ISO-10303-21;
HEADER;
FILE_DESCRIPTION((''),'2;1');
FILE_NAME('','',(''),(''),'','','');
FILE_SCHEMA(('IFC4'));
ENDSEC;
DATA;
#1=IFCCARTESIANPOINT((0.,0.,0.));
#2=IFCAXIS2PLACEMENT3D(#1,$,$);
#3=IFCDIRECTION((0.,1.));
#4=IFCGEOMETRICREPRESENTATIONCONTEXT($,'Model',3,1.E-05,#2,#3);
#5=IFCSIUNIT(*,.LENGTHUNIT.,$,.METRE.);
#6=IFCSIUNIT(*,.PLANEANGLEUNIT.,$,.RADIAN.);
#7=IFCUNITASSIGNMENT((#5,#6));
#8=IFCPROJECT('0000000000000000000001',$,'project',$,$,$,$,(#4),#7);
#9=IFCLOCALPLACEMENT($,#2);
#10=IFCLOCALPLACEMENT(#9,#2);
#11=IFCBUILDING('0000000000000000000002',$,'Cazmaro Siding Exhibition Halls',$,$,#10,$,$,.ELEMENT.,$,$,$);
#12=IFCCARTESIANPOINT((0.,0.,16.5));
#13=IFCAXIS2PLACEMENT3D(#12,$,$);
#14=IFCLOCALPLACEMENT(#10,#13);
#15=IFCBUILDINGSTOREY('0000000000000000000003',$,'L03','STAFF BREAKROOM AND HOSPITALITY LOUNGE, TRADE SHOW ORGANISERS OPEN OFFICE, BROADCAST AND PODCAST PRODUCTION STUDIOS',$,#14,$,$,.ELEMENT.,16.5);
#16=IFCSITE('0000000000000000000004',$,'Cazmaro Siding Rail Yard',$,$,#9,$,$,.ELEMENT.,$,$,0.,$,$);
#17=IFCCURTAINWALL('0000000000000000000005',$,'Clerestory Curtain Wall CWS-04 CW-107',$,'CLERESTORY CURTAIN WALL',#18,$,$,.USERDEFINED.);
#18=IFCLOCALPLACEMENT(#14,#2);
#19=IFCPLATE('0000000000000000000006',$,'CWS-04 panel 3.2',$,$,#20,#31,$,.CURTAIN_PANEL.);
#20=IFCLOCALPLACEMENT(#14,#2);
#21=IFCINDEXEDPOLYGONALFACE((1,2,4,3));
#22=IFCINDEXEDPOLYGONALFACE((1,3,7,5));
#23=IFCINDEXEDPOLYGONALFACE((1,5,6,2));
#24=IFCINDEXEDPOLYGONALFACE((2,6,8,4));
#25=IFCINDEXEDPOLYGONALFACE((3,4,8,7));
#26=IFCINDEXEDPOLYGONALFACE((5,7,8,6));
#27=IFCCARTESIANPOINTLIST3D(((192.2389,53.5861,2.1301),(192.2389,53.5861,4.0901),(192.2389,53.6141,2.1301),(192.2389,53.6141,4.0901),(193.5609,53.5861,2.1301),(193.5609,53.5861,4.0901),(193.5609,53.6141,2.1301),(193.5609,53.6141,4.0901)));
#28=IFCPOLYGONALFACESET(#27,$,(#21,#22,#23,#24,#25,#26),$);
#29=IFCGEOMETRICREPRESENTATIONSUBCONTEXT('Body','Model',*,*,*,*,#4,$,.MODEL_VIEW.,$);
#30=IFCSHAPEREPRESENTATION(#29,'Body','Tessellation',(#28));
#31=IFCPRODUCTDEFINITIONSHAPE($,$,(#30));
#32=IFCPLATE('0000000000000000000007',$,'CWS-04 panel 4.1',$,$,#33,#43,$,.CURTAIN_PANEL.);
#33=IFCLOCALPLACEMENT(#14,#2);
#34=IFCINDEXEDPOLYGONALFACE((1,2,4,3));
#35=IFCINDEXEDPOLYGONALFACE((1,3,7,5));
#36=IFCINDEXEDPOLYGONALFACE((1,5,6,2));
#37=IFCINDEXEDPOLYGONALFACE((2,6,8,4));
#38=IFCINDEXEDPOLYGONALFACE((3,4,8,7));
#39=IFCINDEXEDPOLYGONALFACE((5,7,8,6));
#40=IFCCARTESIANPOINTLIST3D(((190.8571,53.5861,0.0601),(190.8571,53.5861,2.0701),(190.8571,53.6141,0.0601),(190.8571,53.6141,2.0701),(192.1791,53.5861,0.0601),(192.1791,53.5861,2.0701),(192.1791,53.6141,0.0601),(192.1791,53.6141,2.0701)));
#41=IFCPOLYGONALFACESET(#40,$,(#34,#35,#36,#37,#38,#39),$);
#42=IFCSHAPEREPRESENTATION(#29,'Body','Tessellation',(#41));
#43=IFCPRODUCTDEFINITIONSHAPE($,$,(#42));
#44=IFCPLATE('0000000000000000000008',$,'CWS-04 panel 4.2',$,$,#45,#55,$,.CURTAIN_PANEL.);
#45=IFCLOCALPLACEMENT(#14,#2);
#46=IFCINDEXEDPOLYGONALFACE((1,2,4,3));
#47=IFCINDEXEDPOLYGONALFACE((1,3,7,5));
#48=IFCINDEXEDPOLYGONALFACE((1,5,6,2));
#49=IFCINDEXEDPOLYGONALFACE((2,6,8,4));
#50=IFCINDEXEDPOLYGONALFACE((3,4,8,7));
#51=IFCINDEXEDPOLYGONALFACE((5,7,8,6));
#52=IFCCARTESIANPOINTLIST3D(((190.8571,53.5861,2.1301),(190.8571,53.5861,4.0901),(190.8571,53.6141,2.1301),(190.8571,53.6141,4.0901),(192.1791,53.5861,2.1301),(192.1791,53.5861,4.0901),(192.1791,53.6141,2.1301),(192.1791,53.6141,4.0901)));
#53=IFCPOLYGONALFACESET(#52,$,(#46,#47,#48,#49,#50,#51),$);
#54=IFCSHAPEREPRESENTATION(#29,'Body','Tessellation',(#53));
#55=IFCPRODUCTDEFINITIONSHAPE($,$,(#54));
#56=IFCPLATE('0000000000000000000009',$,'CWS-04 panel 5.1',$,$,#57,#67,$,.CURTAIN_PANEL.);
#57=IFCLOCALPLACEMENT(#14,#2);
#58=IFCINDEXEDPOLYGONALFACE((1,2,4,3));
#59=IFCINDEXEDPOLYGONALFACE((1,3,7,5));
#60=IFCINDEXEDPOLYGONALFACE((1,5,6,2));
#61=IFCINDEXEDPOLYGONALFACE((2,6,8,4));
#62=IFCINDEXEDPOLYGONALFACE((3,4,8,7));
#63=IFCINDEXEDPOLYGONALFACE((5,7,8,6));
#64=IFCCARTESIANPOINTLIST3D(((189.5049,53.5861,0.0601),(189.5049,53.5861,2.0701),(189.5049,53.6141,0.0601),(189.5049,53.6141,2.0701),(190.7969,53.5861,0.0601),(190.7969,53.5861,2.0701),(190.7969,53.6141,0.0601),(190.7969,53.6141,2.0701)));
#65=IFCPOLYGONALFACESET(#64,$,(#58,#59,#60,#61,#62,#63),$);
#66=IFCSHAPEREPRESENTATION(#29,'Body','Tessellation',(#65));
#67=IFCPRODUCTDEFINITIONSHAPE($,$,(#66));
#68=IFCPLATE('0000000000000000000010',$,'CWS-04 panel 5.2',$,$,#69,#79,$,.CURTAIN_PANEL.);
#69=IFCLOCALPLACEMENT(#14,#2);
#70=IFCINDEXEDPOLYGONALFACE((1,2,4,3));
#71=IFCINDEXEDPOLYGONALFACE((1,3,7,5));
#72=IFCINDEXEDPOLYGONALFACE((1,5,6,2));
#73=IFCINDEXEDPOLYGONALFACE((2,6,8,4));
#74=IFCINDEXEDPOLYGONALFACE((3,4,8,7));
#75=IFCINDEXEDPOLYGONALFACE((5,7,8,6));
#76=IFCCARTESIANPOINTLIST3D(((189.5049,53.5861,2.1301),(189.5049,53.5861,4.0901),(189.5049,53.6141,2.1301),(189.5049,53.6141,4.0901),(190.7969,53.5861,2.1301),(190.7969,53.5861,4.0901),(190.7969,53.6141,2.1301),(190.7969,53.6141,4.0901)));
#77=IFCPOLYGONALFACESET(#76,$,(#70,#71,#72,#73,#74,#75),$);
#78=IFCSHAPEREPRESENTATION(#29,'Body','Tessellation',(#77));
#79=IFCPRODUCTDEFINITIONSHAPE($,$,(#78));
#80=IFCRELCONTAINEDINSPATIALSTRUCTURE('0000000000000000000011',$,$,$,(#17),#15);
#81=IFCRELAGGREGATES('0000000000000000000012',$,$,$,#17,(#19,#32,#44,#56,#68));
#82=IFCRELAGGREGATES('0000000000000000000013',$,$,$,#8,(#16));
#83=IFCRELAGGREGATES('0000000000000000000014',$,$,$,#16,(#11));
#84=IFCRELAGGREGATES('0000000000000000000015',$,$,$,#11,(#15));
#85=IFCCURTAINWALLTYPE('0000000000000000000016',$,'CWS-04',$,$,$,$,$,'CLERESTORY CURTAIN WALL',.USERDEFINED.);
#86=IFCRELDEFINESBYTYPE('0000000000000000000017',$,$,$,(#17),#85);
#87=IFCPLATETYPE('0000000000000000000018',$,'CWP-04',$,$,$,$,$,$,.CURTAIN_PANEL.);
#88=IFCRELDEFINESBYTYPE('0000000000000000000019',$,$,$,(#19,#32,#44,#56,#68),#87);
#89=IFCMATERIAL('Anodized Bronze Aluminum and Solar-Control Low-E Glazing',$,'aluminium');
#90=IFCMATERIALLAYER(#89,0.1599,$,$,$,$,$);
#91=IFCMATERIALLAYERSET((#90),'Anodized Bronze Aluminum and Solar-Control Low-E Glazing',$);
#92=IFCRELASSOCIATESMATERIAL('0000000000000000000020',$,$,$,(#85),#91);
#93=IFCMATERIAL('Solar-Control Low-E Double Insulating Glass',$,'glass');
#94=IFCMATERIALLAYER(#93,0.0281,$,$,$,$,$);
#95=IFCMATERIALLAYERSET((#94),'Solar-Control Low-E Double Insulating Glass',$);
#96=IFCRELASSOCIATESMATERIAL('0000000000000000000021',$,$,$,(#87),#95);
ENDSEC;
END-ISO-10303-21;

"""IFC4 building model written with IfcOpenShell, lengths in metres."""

from ifc_helpers import new_model, si_unit, direction, frame, origin, origin_2d, place, context, subcontext, project, spatial, rectangle, extrude, material, layer, layer_set, type_object, element, aggregate, save


model = new_model("IFC4")

# Units and contexts
model_context = context("Model", 3, precision=1e-05, world=origin(), true_north=direction((0.0, 1.0)))
body_context = subcontext(model_context, "Body", "Model", "MODEL_VIEW")
ifc_project = project(units=[si_unit("LENGTHUNIT", "METRE"), si_unit("PLANEANGLEUNIT", "RADIAN")], contexts=[model_context])

# Site, building, storey
site_placement = place(None, origin())
site = spatial("IfcSite", under=ifc_project, at=site_placement, Name="Cazmaro Siding Rail Yard", CompositionType="ELEMENT", RefElevation=0.0)
building_placement = place(site_placement, origin())
building = spatial("IfcBuilding", under=site, at=building_placement, Name="Cazmaro Siding Exhibition Halls", CompositionType="ELEMENT")
storey_placement = place(building_placement, frame((0.0, 0.0, 16.5)))
storey = spatial("IfcBuildingStorey", under=building, at=storey_placement, Name="L03", Description="STAFF BREAKROOM AND HOSPITALITY LOUNGE, TRADE SHOW ORGANISERS OPEN OFFICE, BROADCAST AND PODCAST PRODUCTION STUDIOS", CompositionType="ELEMENT", Elevation=16.5)

# Curtain wall
ifc_material_1 = material(Name="Anodized Bronze Aluminum and Solar-Control Low-E Glazing", Category="aluminium")
ifc_layer_1 = layer(ifc_material_1, 0.1599)
ifc_layer_set_1 = layer_set([ifc_layer_1], Name="Anodized Bronze Aluminum and Solar-Control Low-E Glazing")
curtain_wall_type = type_object("IfcCurtainWallType", Name="CWS-04", ElementType="CLERESTORY CURTAIN WALL", PredefinedType="USERDEFINED", material=ifc_layer_set_1)
curtain_wall_placement = place(storey_placement, origin())
curtain_wall = element("IfcCurtainWall", 1, at=curtain_wall_placement, inside=storey, type_object=curtain_wall_type, Name="Clerestory Curtain Wall CWS-04 CW-107", ObjectType="CLERESTORY CURTAIN WALL", PredefinedType="USERDEFINED")

# Plates
ifc_material_2 = material(Name="Solar-Control Low-E Double Insulating Glass", Category="glass")
ifc_layer_2 = layer(ifc_material_2, 0.0281)
ifc_layer_set_2 = layer_set([ifc_layer_2], Name="Solar-Control Low-E Double Insulating Glass")
plate_type = type_object("IfcPlateType", Name="CWP-04", PredefinedType="CURTAIN_PANEL", material=ifc_layer_set_2)
plate_1_placement = place(storey_placement, frame((192.8999, 53.6001, 2.1301), z_axis=(0.0, 0.0, 1.0), x_axis=(-1.0, 0.0, 0.0)))
plate_1 = element("IfcPlate", 2, at=plate_1_placement, type_object=plate_type, Name="CWS-04 panel 3.2", PredefinedType="CURTAIN_PANEL", context=body_context, shape_type="SweptSolid", body=[
    extrude(rectangle(XDim=1.322, YDim=0.0281, at=origin_2d()), origin(), (0.0, 0.0, 1.0), 1.96),
])
plate_2_placement = place(storey_placement, frame((191.5181, 53.6001, 0.0601), z_axis=(0.0, 0.0, 1.0), x_axis=(-1.0, 0.0, 0.0)))
plate_2 = element("IfcPlate", 3, at=plate_2_placement, type_object=plate_type, Name="CWS-04 panel 4.1", PredefinedType="CURTAIN_PANEL", context=body_context, shape_type="SweptSolid", body=[
    extrude(rectangle(XDim=1.322, YDim=0.0281, at=origin_2d()), origin(), (0.0, 0.0, 1.0), 2.01),
])
plate_3_placement = place(storey_placement, frame((191.5181, 53.6001, 2.1301), z_axis=(0.0, 0.0, 1.0), x_axis=(-1.0, 0.0, 0.0)))
plate_3 = element("IfcPlate", 4, at=plate_3_placement, type_object=plate_type, Name="CWS-04 panel 4.2", PredefinedType="CURTAIN_PANEL", context=body_context, shape_type="SweptSolid", body=[
    extrude(rectangle(XDim=1.322, YDim=0.0281, at=origin_2d()), origin(), (0.0, 0.0, 1.0), 1.96),
])
plate_4_placement = place(storey_placement, frame((190.1509, 53.6001, 0.0601), z_axis=(0.0, 0.0, 1.0), x_axis=(-1.0, 0.0, 0.0)))
plate_4 = element("IfcPlate", 5, at=plate_4_placement, type_object=plate_type, Name="CWS-04 panel 5.1", PredefinedType="CURTAIN_PANEL", context=body_context, shape_type="SweptSolid", body=[
    extrude(rectangle(XDim=1.292, YDim=0.0281, at=origin_2d()), origin(), (0.0, 0.0, 1.0), 2.01),
])
plate_5_placement = place(storey_placement, frame((190.1509, 53.6001, 2.1301), z_axis=(0.0, 0.0, 1.0), x_axis=(-1.0, 0.0, 0.0)))
plate_5 = element("IfcPlate", 6, at=plate_5_placement, type_object=plate_type, Name="CWS-04 panel 5.2", PredefinedType="CURTAIN_PANEL", context=body_context, shape_type="SweptSolid", body=[
    extrude(rectangle(XDim=1.292, YDim=0.0281, at=origin_2d()), origin(), (0.0, 0.0, 1.0), 1.96),
])
aggregate(curtain_wall, [plate_1, plate_2, plate_3, plate_4, plate_5])

save(model, "model.ifc")
